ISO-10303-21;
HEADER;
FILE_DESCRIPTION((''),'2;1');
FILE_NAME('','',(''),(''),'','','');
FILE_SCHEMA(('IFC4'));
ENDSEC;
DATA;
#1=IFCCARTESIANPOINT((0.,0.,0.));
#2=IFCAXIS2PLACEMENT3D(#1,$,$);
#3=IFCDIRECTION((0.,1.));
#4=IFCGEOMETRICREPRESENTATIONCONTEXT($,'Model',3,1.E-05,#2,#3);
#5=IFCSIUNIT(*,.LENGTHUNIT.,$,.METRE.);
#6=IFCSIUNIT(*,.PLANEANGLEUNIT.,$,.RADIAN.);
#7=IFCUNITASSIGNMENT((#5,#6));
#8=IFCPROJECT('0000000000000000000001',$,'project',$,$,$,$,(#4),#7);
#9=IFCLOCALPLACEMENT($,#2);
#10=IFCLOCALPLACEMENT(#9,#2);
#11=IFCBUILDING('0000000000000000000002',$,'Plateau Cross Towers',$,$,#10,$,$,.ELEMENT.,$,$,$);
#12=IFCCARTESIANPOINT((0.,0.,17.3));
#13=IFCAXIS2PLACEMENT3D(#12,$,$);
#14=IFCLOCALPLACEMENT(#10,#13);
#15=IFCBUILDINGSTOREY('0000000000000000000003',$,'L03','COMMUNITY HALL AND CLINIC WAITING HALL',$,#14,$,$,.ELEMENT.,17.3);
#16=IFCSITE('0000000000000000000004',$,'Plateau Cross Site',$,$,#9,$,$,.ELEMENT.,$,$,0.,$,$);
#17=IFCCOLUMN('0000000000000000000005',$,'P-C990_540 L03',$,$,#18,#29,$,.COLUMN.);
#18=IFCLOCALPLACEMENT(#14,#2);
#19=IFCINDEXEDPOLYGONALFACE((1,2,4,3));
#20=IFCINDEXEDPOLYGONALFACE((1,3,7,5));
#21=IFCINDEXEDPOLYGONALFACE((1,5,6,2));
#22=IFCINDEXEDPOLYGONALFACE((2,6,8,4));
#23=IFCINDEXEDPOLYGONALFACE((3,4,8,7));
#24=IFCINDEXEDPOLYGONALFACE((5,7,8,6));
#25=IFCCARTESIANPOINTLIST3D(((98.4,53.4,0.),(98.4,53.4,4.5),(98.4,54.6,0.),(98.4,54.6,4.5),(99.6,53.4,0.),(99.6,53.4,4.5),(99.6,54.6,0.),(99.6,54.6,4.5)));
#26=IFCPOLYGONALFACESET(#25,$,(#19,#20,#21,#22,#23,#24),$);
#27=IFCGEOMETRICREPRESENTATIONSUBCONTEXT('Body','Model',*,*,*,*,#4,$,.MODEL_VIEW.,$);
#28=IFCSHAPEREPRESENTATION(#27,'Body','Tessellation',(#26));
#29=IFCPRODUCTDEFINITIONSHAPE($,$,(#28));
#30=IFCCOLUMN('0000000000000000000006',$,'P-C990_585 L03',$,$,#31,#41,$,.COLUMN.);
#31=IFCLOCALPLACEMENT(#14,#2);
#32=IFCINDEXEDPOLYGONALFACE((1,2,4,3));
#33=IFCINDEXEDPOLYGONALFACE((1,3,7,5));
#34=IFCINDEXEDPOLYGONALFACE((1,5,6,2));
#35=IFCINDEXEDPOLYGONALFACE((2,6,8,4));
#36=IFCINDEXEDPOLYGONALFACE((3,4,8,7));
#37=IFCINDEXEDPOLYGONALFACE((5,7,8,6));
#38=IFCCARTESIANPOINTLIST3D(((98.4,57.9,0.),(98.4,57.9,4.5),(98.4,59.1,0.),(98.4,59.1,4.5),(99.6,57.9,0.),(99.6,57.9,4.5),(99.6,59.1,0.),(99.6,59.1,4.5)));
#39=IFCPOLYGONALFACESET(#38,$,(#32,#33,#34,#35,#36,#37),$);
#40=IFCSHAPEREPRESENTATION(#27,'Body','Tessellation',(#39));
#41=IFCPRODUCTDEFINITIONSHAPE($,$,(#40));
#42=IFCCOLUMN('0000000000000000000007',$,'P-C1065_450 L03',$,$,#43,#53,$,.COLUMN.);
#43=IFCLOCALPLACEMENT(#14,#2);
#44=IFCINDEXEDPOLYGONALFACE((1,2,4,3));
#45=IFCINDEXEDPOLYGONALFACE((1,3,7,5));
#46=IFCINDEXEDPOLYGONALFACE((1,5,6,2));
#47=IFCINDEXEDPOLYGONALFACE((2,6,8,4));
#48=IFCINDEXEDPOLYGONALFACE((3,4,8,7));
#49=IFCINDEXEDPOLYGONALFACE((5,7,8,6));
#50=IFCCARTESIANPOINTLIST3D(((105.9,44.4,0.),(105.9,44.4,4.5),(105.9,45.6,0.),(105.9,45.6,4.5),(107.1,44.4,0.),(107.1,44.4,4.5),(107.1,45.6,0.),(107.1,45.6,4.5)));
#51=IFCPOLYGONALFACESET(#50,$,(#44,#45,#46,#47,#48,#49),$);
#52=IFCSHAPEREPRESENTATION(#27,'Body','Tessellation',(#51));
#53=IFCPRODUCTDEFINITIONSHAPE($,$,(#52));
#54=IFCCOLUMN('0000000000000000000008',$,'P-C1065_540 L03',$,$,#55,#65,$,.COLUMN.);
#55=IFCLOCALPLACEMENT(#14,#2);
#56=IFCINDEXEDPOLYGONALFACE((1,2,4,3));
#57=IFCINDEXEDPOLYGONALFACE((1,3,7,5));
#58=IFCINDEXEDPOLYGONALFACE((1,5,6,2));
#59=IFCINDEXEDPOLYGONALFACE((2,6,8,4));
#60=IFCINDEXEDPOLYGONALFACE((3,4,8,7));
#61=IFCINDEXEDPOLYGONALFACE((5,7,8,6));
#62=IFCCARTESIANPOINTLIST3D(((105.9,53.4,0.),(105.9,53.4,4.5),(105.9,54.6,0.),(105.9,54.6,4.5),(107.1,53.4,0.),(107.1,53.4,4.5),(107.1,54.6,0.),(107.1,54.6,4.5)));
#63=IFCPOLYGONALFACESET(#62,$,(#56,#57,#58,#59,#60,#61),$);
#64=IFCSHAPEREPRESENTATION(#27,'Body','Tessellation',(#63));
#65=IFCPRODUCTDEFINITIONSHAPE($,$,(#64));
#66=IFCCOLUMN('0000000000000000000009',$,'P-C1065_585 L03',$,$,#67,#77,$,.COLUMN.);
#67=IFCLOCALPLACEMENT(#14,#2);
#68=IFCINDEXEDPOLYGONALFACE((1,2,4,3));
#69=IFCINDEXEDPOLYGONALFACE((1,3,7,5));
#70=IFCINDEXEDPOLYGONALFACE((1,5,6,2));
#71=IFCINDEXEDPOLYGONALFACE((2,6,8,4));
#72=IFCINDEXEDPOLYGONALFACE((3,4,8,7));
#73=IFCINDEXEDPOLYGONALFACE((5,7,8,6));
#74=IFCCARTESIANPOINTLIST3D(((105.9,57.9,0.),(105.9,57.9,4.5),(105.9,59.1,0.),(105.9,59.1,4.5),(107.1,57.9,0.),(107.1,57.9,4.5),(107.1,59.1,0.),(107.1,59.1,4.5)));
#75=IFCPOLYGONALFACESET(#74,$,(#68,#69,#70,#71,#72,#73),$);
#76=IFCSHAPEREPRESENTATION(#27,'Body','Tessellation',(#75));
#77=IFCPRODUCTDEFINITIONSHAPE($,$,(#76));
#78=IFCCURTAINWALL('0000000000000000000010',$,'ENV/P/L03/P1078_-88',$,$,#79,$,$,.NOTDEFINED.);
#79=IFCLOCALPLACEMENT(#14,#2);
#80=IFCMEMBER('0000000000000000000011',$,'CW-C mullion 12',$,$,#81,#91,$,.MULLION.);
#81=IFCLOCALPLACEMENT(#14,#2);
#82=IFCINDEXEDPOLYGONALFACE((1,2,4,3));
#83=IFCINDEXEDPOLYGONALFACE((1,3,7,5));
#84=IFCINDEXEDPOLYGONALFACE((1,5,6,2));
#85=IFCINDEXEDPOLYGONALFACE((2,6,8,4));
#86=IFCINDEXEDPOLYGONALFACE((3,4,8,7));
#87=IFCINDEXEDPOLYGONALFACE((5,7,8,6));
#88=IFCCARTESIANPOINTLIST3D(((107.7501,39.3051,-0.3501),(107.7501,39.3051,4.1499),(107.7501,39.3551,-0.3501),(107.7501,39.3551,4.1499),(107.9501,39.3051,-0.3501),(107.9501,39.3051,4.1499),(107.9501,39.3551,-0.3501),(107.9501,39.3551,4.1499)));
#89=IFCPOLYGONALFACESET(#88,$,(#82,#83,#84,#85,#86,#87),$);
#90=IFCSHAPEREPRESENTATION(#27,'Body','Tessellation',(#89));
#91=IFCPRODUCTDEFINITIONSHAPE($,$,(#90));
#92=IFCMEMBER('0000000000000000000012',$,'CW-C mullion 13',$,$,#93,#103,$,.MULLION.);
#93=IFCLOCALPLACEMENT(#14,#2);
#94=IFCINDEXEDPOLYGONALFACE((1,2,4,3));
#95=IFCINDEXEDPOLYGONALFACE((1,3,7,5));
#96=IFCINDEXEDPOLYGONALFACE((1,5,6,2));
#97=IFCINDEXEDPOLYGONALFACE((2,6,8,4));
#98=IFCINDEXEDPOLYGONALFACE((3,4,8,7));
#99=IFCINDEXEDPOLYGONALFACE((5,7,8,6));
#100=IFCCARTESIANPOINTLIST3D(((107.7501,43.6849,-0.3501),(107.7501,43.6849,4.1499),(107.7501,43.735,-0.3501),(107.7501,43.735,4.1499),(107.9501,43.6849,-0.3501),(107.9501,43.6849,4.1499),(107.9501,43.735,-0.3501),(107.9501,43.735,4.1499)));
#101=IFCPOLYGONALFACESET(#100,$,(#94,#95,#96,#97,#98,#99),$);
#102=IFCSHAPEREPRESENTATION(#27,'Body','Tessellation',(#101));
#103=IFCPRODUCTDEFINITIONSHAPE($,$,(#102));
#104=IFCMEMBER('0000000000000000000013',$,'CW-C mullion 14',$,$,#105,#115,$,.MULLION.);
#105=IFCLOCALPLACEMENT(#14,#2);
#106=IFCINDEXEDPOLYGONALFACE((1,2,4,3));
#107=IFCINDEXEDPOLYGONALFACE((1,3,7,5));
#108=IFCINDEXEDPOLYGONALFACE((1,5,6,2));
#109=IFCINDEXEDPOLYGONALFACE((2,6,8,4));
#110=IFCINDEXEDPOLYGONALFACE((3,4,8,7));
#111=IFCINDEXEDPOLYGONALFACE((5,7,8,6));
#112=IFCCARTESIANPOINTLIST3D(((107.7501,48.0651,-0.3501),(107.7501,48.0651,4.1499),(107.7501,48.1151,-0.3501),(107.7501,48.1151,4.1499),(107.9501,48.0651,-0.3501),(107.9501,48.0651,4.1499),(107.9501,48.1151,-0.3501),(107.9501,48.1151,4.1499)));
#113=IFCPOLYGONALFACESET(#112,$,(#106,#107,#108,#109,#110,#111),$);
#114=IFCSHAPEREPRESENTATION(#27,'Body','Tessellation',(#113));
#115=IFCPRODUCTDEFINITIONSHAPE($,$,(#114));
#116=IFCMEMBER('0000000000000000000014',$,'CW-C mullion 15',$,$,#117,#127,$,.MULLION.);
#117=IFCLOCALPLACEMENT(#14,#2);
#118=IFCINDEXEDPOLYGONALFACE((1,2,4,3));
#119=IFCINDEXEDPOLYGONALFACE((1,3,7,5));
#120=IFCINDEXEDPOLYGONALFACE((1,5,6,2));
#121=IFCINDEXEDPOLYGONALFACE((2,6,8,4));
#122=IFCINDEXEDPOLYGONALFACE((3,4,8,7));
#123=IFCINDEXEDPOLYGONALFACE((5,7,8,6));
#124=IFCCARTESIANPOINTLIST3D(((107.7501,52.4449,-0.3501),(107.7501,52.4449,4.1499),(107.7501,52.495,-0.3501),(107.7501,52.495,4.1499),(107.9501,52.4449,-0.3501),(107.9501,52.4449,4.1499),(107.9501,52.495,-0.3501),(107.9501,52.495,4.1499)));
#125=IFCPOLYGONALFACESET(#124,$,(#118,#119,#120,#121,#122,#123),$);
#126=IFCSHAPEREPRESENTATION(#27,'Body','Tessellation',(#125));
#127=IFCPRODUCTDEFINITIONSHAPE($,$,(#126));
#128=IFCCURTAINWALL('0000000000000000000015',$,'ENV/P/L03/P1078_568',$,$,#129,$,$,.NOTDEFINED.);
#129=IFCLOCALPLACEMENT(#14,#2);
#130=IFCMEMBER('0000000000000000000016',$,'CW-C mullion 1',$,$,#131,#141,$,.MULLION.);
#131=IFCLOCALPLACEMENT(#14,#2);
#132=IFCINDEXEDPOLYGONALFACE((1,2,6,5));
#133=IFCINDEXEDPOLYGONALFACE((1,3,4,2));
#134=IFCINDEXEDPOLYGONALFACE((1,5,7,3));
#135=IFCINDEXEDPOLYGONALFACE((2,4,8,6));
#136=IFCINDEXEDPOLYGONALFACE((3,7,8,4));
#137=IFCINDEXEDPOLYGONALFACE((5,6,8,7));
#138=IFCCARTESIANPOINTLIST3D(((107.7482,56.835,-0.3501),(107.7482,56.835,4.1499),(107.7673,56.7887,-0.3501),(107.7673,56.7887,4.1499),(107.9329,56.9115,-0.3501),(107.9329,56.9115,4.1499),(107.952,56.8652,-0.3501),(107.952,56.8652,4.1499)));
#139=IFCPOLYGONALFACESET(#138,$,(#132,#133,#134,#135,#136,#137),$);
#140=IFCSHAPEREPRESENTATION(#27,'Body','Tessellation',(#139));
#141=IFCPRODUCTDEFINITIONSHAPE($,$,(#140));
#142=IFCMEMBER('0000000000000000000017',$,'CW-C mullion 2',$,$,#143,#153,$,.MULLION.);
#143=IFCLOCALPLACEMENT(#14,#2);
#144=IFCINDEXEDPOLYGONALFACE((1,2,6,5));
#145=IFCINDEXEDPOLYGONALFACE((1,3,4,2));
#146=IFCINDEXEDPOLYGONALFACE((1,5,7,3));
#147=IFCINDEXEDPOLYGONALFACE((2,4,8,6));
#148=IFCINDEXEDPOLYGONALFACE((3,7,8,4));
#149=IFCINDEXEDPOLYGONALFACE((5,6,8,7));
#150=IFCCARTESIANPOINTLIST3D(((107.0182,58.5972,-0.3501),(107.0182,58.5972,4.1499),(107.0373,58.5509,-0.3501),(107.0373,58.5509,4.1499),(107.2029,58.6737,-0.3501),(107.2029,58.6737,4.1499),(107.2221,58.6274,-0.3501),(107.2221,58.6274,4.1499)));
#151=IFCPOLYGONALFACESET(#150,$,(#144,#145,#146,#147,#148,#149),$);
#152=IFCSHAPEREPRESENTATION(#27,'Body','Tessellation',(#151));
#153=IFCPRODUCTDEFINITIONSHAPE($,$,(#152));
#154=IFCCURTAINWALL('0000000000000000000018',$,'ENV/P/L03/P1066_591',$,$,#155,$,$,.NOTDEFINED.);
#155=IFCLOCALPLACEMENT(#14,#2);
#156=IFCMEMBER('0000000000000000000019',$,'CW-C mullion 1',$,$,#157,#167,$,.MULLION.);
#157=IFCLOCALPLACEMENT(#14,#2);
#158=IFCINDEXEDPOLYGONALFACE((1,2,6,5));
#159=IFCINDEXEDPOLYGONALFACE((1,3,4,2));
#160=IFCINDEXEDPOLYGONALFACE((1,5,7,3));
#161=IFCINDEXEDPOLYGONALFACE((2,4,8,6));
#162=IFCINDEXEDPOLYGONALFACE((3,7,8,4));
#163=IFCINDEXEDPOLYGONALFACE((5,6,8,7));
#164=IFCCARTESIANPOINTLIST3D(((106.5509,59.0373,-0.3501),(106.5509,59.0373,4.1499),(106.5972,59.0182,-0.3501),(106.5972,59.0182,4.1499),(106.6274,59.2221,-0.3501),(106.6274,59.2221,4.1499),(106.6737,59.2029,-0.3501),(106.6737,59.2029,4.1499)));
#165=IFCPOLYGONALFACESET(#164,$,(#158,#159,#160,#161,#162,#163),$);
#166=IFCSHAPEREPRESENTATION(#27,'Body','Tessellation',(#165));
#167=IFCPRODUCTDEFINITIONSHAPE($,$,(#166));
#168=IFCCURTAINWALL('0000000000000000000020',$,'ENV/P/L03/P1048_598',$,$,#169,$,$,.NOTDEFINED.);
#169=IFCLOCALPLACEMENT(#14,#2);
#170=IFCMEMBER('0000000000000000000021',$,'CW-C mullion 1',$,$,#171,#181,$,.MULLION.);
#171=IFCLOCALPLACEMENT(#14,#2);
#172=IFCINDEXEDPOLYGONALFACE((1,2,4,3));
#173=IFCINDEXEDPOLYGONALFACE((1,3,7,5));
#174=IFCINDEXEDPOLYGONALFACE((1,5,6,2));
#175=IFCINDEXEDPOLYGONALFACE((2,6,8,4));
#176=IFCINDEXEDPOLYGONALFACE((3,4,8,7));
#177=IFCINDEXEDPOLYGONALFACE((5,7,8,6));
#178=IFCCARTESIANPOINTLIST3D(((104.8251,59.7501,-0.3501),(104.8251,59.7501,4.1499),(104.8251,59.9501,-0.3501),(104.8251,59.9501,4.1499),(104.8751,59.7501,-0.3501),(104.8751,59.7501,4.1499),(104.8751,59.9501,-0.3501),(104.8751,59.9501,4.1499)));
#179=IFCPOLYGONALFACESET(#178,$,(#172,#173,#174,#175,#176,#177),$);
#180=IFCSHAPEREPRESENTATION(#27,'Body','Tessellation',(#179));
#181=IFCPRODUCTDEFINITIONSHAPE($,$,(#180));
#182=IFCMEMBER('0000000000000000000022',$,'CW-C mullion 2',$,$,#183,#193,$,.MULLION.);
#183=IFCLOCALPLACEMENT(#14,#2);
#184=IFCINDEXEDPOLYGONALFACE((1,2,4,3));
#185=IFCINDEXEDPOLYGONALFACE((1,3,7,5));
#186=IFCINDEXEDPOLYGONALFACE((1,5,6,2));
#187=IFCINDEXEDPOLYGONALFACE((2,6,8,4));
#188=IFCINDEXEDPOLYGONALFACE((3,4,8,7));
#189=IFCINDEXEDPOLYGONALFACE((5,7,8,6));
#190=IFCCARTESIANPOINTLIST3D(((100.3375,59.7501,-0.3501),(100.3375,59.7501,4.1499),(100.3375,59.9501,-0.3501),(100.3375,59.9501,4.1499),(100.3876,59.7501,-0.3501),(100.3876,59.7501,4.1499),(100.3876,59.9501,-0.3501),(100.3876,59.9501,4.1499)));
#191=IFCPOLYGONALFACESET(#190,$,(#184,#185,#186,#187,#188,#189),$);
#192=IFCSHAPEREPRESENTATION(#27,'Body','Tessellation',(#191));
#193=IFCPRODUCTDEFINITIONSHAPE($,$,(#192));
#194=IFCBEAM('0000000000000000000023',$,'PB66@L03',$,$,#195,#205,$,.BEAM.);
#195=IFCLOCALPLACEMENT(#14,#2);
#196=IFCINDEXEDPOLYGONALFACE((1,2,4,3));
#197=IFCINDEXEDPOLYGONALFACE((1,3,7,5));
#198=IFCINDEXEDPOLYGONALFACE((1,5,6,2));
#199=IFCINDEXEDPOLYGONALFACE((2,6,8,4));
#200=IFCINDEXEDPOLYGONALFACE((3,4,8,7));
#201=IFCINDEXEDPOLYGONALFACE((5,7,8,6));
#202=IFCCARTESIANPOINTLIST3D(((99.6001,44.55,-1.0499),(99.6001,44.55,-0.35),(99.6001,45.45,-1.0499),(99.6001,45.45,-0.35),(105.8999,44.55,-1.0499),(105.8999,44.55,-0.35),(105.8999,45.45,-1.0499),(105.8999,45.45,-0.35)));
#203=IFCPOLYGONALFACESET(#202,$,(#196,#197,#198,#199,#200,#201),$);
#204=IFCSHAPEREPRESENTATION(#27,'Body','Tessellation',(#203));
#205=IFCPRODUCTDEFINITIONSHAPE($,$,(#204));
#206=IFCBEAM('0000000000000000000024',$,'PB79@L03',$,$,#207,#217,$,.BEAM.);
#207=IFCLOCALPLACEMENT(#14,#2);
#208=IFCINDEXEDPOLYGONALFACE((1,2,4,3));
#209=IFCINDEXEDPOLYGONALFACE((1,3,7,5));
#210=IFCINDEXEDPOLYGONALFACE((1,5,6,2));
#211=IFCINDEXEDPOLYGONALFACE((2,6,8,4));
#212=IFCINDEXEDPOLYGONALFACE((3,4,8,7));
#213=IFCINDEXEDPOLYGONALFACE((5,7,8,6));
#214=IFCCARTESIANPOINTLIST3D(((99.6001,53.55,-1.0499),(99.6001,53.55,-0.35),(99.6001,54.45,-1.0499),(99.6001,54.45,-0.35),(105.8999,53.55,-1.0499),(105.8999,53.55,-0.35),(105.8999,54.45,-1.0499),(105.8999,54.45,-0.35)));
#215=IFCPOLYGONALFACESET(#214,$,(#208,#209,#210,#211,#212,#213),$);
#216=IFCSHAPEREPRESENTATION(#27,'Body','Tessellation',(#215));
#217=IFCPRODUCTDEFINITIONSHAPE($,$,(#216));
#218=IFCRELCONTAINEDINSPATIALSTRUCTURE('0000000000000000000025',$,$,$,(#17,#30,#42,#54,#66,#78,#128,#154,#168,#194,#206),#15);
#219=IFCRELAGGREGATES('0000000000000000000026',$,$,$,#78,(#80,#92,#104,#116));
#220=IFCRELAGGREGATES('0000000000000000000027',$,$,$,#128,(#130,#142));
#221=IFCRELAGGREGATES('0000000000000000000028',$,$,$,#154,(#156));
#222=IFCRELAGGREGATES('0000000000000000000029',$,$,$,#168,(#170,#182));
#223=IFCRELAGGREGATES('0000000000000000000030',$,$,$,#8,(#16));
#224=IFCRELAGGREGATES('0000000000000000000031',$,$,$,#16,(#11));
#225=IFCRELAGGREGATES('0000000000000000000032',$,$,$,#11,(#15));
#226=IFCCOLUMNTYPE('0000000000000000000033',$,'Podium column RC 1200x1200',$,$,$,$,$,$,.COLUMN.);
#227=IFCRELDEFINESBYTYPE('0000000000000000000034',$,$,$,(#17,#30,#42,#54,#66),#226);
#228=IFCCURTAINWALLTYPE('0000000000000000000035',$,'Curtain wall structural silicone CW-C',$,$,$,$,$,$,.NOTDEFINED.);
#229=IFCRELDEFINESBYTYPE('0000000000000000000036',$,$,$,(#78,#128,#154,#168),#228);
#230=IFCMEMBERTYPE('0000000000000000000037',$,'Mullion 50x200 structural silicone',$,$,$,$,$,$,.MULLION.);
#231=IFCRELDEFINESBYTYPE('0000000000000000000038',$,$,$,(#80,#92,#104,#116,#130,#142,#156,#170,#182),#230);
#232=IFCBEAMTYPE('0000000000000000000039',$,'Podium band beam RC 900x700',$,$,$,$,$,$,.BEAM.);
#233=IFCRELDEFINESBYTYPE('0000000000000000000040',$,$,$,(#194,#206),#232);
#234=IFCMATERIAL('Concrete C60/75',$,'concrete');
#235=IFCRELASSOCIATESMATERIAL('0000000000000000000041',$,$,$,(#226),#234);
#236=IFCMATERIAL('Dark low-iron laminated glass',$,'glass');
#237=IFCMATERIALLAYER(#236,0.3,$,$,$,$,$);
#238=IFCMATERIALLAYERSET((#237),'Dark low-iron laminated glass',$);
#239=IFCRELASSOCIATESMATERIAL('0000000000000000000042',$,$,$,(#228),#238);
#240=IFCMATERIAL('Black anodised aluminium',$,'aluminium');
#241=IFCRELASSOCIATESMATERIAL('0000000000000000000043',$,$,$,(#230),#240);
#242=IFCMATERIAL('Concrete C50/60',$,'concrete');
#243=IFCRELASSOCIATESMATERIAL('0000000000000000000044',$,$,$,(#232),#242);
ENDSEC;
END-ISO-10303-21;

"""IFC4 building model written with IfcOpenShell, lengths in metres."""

from ifc_helpers import new_model, si_unit, direction, frame, origin, origin_2d, place, context, subcontext, project, spatial, rectangle, extrude, material, layer, layer_set, material_profile, profile_set, type_object, element, aggregate, save


model = new_model("IFC4")

# Units and contexts
model_context = context("Model", 3, precision=1e-05, world=origin(), true_north=direction((0.0, 1.0)))
body_context = subcontext(model_context, "Body", "Model", "MODEL_VIEW")
ifc_project = project(units=[si_unit("LENGTHUNIT", "METRE"), si_unit("PLANEANGLEUNIT", "RADIAN")], contexts=[model_context])

# Site, building, storey
site_placement = place(None, origin())
site = spatial("IfcSite", under=ifc_project, at=site_placement, Name="Plateau Cross Site", CompositionType="ELEMENT", RefElevation=0.0)
building_placement = place(site_placement, origin())
building = spatial("IfcBuilding", under=site, at=building_placement, Name="Plateau Cross Towers", CompositionType="ELEMENT")
storey_placement = place(building_placement, frame((0.0, 0.0, 17.3)))
storey = spatial("IfcBuildingStorey", under=building, at=storey_placement, Name="L03", Description="COMMUNITY HALL AND CLINIC WAITING HALL", CompositionType="ELEMENT", Elevation=17.3)

# Columns
ifc_material_1 = material(Name="Concrete C60/75", Category="concrete")
ifc_material_profile_1 = material_profile(ifc_material_1, rectangle(XDim=1.2, YDim=1.2, at=origin_2d()), Name="RC 1200x1200")
ifc_profile_set_1 = profile_set([ifc_material_profile_1], Name="Concrete C60/75")
column_type = type_object("IfcColumnType", Name="Podium column RC 1200x1200", PredefinedType="COLUMN", material=ifc_profile_set_1)
for number, where, z_axis, x_axis, name in (
    (1, (99.0, 54.0, 0.0), (0.0, 0.0, 1.0), (1.0, 0.0, 0.0), "P-C990_540 L03"),
    (2, (99.0, 58.5, 0.0), (0.0, 0.0, 1.0), (1.0, 0.0, 0.0), "P-C990_585 L03"),
    (3, (106.5, 45.0, 0.0), (0.0, 0.0, 1.0), (1.0, 0.0, 0.0), "P-C1065_450 L03"),
    (4, (106.5, 54.0, 0.0), (0.0, 0.0, 1.0), (1.0, 0.0, 0.0), "P-C1065_540 L03"),
    (5, (106.5, 58.5, 0.0), (0.0, 0.0, 1.0), (1.0, 0.0, 0.0), "P-C1065_585 L03"),
):
    element("IfcColumn", number, at=place(storey_placement, frame(where, z_axis=z_axis, x_axis=x_axis)), inside=storey, type_object=column_type, Name=name, PredefinedType="COLUMN", context=body_context, shape_type="SweptSolid", body=[
        extrude(rectangle(XDim=1.2, YDim=1.2, at=origin_2d()), origin(), (0.0, 0.0, 1.0), 4.5),
    ])

# Curtain walls, members
ifc_material_2 = material(Name="Dark low-iron laminated glass", Category="glass")
ifc_layer_1 = layer(ifc_material_2, 0.3)
ifc_layer_set_1 = layer_set([ifc_layer_1], Name="Dark low-iron laminated glass")
curtain_wall_type = type_object("IfcCurtainWallType", Name="Curtain wall structural silicone CW-C", PredefinedType="NOTDEFINED", material=ifc_layer_set_1)
curtain_wall_1_placement = place(storey_placement, origin())
curtain_wall_1 = element("IfcCurtainWall", 6, at=curtain_wall_1_placement, inside=storey, type_object=curtain_wall_type, Name="ENV/P/L03/P1078_-88", PredefinedType="NOTDEFINED")
ifc_material_3 = material(Name="Black anodised aluminium", Category="aluminium")
ifc_material_profile_2 = material_profile(ifc_material_3, rectangle(XDim=0.05, YDim=0.2, at=origin_2d()), Name="MULLION 50x200")
ifc_profile_set_2 = profile_set([ifc_material_profile_2], Name="Black anodised aluminium")
member_type_1 = type_object("IfcMemberType", Name="Mullion 50x200 structural silicone", PredefinedType="MULLION", material=ifc_profile_set_2)
member_1_placement = place(storey_placement, frame((107.8501, 39.3301, -0.3501), z_axis=(0.0, 0.0, 1.0), x_axis=(0.0, 1.0, 0.0)))
member_1 = element("IfcMember", 7, at=member_1_placement, type_object=member_type_1, Name="CW-C mullion 12", PredefinedType="MULLION", context=body_context, shape_type="SweptSolid", body=[
    extrude(rectangle(XDim=0.05, YDim=0.2, at=origin_2d()), origin(), (0.0, 0.0, 1.0), 4.5),
])
member_2_placement = place(storey_placement, frame((107.8501, 43.71, -0.3501), z_axis=(0.0, 0.0, 1.0), x_axis=(0.0, 1.0, 0.0)))
member_2 = element("IfcMember", 8, at=member_2_placement, type_object=member_type_1, Name="CW-C mullion 13", PredefinedType="MULLION", context=body_context, shape_type="SweptSolid", body=[
    extrude(rectangle(XDim=0.05, YDim=0.2, at=origin_2d()), origin(), (0.0, 0.0, 1.0), 4.5),
])
member_3_placement = place(storey_placement, frame((107.8501, 48.0901, -0.3501), z_axis=(0.0, 0.0, 1.0), x_axis=(0.0, 1.0, 0.0)))
member_3 = element("IfcMember", 9, at=member_3_placement, type_object=member_type_1, Name="CW-C mullion 14", PredefinedType="MULLION", context=body_context, shape_type="SweptSolid", body=[
    extrude(rectangle(XDim=0.05, YDim=0.2, at=origin_2d()), origin(), (0.0, 0.0, 1.0), 4.5),
])
member_4_placement = place(storey_placement, frame((107.8501, 52.47, -0.3501), z_axis=(0.0, 0.0, 1.0), x_axis=(0.0, 1.0, 0.0)))
member_4 = element("IfcMember", 10, at=member_4_placement, type_object=member_type_1, Name="CW-C mullion 15", PredefinedType="MULLION", context=body_context, shape_type="SweptSolid", body=[
    extrude(rectangle(XDim=0.05, YDim=0.2, at=origin_2d()), origin(), (0.0, 0.0, 1.0), 4.5),
])
curtain_wall_2_placement = place(storey_placement, origin())
curtain_wall_2 = element("IfcCurtainWall", 11, at=curtain_wall_2_placement, inside=storey, type_object=curtain_wall_type, Name="ENV/P/L03/P1078_568", PredefinedType="NOTDEFINED")
member_5_placement = place(storey_placement, frame((107.8501, 56.8501, -0.3501), z_axis=(0.0, 0.0, 1.0), x_axis=(-0.382684, 0.923879, 0.0)))
member_5 = element("IfcMember", 12, at=member_5_placement, type_object=member_type_1, Name="CW-C mullion 1", PredefinedType="MULLION", context=body_context, shape_type="SweptSolid", body=[
    extrude(rectangle(XDim=0.05, YDim=0.2, at=origin_2d()), origin(), (0.0, 0.0, 1.0), 4.5),
])
member_6_placement = place(storey_placement, frame((107.1201, 58.6123, -0.3501), z_axis=(0.0, 0.0, 1.0), x_axis=(-0.382684, 0.923879, 0.0)))
member_6 = element("IfcMember", 13, at=member_6_placement, type_object=member_type_1, Name="CW-C mullion 2", PredefinedType="MULLION", context=body_context, shape_type="SweptSolid", body=[
    extrude(rectangle(XDim=0.05, YDim=0.2, at=origin_2d()), origin(), (0.0, 0.0, 1.0), 4.5),
])

# Curtain wall, member
curtain_wall_3_placement = place(storey_placement, origin())
curtain_wall_3 = element("IfcCurtainWall", 14, at=curtain_wall_3_placement, inside=storey, type_object=curtain_wall_type, Name="ENV/P/L03/P1066_591", PredefinedType="NOTDEFINED")
member_7_placement = place(storey_placement, frame((106.6123, 59.1201, -0.3501), z_axis=(0.0, 0.0, 1.0), x_axis=(-0.923879, 0.382684, 0.0)))
member_7 = element("IfcMember", 15, at=member_7_placement, type_object=member_type_1, Name="CW-C mullion 1", PredefinedType="MULLION", context=body_context, shape_type="SweptSolid", body=[
    extrude(rectangle(XDim=0.05, YDim=0.2, at=origin_2d()), origin(), (0.0, 0.0, 1.0), 4.5),
])

# Curtain wall, members
curtain_wall_4_placement = place(storey_placement, origin())
curtain_wall_4 = element("IfcCurtainWall", 16, at=curtain_wall_4_placement, inside=storey, type_object=curtain_wall_type, Name="ENV/P/L03/P1048_598", PredefinedType="NOTDEFINED")
member_8_placement = place(storey_placement, frame((104.8501, 59.8501, -0.3501), z_axis=(0.0, 0.0, 1.0), x_axis=(-1.0, 0.0, 0.0)))
member_8 = element("IfcMember", 17, at=member_8_placement, type_object=member_type_1, Name="CW-C mullion 1", PredefinedType="MULLION", context=body_context, shape_type="SweptSolid", body=[
    extrude(rectangle(XDim=0.05, YDim=0.2, at=origin_2d()), origin(), (0.0, 0.0, 1.0), 4.5),
])
member_9_placement = place(storey_placement, frame((100.3625, 59.8501, -0.3501), z_axis=(0.0, 0.0, 1.0), x_axis=(-1.0, 0.0, 0.0)))
member_9 = element("IfcMember", 18, at=member_9_placement, type_object=member_type_1, Name="CW-C mullion 2", PredefinedType="MULLION", context=body_context, shape_type="SweptSolid", body=[
    extrude(rectangle(XDim=0.05, YDim=0.2, at=origin_2d()), origin(), (0.0, 0.0, 1.0), 4.5),
])

# Beams
ifc_material_4 = material(Name="Concrete C50/60", Category="concrete")
ifc_material_profile_3 = material_profile(ifc_material_4, rectangle(XDim=0.8999, YDim=0.7, at=origin_2d()), Name="RC 900x700")
ifc_profile_set_3 = profile_set([ifc_material_profile_3], Name="Concrete C50/60")
beam_type = type_object("IfcBeamType", Name="Podium band beam RC 900x700", PredefinedType="BEAM", material=ifc_profile_set_3)
for number, where, z_axis, x_axis, name in (
    (19, (99.6001, 45.0, -0.7), (1.0, 0.0, 0.0), (0.0, 1.0, 0.0), "PB66@L03"),
    (20, (99.6001, 54.0, -0.7), (1.0, 0.0, 0.0), (0.0, 1.0, 0.0), "PB79@L03"),
):
    element("IfcBeam", number, at=place(storey_placement, frame(where, z_axis=z_axis, x_axis=x_axis)), inside=storey, type_object=beam_type, Name=name, PredefinedType="BEAM", context=body_context, shape_type="SweptSolid", body=[
        extrude(rectangle(XDim=0.8999, YDim=0.7, at=origin_2d()), origin(), (0.0, 0.0, 1.0), 6.2998),
    ])

aggregate(curtain_wall_1, [member_1, member_2, member_3, member_4])
aggregate(curtain_wall_2, [member_5, member_6])
aggregate(curtain_wall_3, [member_7])
aggregate(curtain_wall_4, [member_8, member_9])

save(model, "model.ifc")
